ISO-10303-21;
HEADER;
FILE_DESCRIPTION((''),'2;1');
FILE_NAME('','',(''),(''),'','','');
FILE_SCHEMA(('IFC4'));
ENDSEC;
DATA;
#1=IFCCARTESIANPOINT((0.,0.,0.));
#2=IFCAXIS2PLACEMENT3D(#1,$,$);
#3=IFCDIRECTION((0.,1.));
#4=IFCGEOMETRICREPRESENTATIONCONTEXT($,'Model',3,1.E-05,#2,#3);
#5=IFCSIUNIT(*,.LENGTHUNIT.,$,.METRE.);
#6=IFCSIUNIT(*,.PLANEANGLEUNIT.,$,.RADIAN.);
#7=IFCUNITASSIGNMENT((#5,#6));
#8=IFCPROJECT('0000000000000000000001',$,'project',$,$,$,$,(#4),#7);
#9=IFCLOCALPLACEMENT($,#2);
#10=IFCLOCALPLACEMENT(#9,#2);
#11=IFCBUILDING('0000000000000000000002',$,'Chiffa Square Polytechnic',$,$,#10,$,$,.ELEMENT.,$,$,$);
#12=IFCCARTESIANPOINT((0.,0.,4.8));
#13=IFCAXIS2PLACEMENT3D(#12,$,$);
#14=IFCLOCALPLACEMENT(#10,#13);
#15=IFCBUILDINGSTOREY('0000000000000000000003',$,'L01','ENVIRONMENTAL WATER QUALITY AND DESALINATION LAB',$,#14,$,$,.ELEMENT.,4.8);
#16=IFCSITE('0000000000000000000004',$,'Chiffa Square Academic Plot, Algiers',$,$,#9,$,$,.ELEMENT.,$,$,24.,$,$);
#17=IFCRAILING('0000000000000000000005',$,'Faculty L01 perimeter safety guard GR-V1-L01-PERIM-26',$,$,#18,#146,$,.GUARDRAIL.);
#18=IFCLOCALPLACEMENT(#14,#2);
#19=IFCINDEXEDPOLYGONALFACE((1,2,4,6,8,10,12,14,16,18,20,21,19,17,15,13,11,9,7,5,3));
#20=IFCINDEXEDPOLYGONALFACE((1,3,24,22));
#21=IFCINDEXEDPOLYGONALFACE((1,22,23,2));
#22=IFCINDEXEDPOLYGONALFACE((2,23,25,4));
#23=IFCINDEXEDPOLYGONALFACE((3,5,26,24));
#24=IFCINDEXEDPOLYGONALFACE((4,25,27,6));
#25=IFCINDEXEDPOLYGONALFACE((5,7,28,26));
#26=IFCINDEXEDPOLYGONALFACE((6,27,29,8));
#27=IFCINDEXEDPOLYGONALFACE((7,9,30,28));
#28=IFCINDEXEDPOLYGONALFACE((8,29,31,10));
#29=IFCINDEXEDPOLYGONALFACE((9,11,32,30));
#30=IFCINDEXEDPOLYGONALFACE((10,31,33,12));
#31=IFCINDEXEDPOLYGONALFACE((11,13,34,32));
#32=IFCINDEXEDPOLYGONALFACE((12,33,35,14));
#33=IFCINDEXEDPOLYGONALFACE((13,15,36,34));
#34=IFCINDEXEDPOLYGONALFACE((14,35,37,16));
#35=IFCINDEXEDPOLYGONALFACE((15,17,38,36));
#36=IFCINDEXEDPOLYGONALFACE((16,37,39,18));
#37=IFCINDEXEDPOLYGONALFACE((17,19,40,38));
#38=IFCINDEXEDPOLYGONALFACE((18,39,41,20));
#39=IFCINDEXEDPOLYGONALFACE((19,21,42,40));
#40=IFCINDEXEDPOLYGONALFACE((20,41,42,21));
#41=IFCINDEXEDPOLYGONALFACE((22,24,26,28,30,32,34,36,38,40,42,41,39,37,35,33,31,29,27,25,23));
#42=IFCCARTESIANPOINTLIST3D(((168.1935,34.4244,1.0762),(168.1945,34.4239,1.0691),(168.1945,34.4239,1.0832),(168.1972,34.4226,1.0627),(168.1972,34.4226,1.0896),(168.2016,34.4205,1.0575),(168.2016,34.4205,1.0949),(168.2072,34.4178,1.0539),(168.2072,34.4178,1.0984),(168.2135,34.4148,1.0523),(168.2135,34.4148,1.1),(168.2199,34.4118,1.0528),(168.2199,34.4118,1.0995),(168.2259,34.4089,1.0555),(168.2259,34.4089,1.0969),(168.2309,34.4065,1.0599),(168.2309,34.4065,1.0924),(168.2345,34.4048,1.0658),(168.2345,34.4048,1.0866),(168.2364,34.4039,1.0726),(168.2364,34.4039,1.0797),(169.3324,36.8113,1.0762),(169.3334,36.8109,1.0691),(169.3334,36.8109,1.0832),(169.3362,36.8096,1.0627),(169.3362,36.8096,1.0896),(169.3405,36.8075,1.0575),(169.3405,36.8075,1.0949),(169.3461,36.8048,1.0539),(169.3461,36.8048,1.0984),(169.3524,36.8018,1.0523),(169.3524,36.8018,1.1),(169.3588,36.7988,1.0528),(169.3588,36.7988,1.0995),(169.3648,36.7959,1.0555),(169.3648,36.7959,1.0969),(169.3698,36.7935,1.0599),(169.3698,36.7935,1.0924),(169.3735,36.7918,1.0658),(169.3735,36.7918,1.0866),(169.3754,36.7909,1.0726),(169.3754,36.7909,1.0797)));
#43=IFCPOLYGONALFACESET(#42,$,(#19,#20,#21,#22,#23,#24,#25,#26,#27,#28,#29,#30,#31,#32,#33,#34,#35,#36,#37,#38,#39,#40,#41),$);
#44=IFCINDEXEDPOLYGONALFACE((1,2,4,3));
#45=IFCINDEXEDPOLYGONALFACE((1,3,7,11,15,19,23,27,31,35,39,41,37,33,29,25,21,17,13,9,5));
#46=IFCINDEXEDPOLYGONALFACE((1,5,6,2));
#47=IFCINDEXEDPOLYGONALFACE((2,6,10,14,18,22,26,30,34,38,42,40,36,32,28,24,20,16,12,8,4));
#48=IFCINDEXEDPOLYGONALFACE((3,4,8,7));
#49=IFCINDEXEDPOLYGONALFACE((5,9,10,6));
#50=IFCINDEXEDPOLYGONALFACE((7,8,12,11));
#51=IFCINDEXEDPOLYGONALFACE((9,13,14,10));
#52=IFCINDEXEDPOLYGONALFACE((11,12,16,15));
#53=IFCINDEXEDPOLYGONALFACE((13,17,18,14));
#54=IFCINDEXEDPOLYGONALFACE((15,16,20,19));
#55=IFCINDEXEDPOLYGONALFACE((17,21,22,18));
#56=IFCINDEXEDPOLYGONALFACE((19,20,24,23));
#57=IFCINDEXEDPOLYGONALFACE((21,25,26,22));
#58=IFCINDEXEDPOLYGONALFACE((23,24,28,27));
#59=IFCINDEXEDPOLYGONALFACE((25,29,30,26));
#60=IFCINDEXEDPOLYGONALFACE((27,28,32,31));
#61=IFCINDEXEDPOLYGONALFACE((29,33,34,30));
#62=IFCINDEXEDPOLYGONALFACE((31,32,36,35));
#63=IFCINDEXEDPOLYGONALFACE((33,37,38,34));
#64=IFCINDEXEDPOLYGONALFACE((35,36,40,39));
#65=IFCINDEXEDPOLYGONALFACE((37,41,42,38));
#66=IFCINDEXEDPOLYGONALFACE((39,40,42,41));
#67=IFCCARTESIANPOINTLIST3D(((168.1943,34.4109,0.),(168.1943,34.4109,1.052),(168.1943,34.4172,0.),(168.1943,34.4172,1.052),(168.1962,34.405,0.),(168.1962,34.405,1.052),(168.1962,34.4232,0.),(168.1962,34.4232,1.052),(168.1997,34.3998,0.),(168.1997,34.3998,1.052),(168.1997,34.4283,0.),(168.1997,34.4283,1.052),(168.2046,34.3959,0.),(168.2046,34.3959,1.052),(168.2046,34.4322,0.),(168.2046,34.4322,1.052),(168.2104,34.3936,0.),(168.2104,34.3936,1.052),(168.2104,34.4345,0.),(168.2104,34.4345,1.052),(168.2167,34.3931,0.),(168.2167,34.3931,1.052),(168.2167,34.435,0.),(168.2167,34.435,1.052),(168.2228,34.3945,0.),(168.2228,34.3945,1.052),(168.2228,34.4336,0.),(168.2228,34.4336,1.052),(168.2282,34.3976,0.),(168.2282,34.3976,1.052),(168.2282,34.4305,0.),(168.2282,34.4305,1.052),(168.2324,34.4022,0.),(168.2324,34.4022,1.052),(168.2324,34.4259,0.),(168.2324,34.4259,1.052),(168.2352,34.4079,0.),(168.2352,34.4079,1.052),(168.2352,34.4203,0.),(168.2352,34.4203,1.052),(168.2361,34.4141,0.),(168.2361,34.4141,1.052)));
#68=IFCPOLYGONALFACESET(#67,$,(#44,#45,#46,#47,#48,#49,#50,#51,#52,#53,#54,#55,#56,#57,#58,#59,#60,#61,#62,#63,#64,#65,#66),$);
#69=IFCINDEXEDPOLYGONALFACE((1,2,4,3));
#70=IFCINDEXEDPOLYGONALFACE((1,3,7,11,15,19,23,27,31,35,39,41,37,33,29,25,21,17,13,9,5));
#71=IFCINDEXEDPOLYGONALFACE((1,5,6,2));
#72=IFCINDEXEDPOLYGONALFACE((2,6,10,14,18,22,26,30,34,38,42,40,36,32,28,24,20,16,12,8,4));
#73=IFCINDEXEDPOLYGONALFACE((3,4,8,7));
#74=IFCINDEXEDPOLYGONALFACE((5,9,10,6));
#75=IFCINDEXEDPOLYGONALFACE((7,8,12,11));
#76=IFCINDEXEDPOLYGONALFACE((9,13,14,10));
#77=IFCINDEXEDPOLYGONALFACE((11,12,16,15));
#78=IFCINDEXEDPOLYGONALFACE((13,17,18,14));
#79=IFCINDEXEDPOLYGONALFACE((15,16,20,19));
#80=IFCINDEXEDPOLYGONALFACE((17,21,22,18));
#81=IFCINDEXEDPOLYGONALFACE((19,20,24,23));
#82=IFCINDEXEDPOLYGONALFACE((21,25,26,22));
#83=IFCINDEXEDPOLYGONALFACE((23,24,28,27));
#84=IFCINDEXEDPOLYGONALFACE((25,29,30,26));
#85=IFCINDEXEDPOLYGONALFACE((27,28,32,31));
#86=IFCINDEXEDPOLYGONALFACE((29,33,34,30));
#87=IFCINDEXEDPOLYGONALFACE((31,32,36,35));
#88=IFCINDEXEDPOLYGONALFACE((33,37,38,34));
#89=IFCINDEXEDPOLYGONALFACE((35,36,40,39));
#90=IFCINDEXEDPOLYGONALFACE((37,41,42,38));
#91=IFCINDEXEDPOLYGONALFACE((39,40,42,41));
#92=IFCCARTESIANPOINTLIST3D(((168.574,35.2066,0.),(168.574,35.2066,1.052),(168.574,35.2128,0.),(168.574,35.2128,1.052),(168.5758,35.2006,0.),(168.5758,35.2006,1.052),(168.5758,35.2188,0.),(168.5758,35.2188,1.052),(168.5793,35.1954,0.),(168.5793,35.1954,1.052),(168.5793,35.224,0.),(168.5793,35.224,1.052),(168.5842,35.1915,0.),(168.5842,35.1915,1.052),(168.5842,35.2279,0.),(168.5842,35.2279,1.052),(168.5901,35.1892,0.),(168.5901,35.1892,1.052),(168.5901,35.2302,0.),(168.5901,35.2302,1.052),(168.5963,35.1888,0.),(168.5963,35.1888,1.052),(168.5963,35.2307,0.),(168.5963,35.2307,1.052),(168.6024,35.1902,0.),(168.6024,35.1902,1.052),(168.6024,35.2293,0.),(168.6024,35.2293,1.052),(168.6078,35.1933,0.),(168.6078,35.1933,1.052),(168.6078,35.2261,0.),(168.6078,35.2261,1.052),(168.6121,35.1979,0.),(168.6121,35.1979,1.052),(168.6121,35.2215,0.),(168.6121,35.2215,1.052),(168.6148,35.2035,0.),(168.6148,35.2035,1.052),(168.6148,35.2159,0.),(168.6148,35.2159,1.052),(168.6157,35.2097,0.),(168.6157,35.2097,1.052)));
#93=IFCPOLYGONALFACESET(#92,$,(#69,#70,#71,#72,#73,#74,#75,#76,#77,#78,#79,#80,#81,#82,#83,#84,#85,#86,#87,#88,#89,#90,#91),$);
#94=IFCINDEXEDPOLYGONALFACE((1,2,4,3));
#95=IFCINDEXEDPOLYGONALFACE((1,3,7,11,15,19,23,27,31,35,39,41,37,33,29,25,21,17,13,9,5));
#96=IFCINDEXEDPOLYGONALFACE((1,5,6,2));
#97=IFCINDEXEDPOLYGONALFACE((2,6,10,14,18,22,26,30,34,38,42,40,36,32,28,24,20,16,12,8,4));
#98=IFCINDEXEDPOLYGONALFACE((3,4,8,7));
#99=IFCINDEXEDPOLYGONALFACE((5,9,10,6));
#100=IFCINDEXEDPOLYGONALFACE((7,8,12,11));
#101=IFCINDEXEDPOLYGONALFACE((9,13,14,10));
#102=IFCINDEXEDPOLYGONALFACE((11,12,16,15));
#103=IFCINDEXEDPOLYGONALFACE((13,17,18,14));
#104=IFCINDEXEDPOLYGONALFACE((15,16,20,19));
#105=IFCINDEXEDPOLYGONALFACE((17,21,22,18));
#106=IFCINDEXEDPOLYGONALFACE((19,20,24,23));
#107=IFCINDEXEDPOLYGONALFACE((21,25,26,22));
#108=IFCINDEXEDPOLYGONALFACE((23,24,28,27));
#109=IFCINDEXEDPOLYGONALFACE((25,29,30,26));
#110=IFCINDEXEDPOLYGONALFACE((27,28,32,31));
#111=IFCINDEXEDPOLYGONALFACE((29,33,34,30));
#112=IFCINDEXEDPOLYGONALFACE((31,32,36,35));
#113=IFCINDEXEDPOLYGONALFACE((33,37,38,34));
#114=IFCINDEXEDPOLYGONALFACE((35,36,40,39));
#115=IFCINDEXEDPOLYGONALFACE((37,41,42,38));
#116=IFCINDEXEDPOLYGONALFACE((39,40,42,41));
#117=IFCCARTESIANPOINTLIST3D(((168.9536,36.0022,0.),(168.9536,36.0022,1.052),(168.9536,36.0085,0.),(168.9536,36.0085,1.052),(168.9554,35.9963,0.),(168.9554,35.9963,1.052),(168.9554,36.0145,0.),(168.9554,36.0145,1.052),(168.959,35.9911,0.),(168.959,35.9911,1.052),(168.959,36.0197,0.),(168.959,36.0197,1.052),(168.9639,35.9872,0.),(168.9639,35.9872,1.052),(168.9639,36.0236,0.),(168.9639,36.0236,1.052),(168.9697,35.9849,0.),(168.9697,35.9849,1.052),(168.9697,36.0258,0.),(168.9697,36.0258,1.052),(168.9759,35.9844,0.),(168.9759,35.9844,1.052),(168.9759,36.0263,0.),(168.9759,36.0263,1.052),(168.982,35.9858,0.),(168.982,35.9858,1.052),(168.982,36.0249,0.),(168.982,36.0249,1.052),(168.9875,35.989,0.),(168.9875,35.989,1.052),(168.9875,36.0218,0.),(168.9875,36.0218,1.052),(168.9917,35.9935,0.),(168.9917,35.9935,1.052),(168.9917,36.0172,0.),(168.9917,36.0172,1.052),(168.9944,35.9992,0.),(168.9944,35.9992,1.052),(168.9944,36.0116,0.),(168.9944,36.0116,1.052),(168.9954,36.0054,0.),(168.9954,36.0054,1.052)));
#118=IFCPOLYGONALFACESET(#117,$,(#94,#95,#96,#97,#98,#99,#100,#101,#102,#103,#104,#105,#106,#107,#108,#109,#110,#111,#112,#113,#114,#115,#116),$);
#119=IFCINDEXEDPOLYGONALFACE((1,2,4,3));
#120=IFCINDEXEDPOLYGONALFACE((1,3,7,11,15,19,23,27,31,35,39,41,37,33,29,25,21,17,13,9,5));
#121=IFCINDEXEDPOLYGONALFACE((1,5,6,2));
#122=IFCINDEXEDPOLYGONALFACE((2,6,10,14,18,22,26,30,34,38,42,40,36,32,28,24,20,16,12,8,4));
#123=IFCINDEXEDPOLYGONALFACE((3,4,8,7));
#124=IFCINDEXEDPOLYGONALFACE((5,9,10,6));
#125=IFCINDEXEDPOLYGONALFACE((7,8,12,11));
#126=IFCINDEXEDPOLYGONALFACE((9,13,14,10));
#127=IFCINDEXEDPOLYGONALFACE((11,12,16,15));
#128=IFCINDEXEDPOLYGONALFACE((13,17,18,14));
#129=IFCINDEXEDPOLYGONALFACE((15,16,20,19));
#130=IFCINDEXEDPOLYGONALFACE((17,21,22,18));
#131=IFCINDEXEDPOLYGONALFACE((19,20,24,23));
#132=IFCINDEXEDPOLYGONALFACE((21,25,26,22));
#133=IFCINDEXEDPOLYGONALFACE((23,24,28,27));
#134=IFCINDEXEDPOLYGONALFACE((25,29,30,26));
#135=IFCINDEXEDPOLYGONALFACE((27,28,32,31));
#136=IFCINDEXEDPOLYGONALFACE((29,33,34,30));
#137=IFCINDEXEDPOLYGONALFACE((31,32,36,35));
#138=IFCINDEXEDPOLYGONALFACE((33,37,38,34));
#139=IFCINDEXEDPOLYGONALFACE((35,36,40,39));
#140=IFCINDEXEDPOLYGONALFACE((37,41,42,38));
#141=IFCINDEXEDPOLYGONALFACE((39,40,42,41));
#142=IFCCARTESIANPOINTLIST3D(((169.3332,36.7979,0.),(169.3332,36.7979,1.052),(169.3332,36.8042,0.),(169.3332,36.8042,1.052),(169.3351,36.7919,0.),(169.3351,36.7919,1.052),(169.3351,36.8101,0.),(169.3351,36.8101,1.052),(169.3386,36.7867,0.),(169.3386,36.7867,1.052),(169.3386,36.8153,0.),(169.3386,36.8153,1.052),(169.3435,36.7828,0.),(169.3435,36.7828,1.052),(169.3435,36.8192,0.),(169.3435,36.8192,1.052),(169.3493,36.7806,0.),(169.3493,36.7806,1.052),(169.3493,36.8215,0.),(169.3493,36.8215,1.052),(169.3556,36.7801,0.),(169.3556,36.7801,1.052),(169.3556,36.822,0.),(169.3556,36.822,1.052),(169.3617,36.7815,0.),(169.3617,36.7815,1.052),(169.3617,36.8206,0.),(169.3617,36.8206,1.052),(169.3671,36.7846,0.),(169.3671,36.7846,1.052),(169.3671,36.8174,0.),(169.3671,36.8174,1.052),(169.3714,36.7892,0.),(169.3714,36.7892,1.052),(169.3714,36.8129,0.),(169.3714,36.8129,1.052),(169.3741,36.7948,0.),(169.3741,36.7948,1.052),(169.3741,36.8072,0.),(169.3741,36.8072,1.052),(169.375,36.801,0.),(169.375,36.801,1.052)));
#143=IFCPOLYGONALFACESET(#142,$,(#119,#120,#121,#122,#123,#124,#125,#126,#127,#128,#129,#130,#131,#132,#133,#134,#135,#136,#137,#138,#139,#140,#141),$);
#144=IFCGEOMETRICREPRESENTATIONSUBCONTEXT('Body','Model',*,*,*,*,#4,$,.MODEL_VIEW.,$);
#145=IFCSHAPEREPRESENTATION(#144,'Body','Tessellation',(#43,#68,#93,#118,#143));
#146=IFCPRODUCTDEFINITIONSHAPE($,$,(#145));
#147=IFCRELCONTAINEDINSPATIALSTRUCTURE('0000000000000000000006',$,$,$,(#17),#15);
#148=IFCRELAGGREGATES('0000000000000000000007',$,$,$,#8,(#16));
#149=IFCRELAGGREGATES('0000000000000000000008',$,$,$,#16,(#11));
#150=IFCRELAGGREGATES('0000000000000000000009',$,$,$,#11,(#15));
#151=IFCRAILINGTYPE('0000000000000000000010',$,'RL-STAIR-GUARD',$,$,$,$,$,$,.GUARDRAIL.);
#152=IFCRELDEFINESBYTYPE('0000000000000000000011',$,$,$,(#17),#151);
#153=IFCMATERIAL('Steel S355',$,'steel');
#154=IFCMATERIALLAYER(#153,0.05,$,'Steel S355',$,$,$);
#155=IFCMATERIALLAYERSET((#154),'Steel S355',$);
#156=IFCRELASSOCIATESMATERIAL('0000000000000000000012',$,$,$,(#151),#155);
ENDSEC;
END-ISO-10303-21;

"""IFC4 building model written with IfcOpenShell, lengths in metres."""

from ifc_helpers import new_model, si_unit, direction, frame, origin, origin_2d, place, context, subcontext, project, spatial, circle, extrude, material, layer, layer_set, type_object, element, save


model = new_model("IFC4")

# Units and contexts
model_context = context("Model", 3, precision=1e-05, world=origin(), true_north=direction((0.0, 1.0)))
body_context = subcontext(model_context, "Body", "Model", "MODEL_VIEW")
ifc_project = project(units=[si_unit("LENGTHUNIT", "METRE"), si_unit("PLANEANGLEUNIT", "RADIAN")], contexts=[model_context])

# Site, building, storey
site_placement = place(None, origin())
site = spatial("IfcSite", under=ifc_project, at=site_placement, Name="Chiffa Square Academic Plot, Algiers", CompositionType="ELEMENT", RefElevation=24.0)
building_placement = place(site_placement, origin())
building = spatial("IfcBuilding", under=site, at=building_placement, Name="Chiffa Square Polytechnic", CompositionType="ELEMENT")
storey_placement = place(building_placement, frame((0.0, 0.0, 4.8)))
storey = spatial("IfcBuildingStorey", under=building, at=storey_placement, Name="L01", Description="ENVIRONMENTAL WATER QUALITY AND DESALINATION LAB", CompositionType="ELEMENT", Elevation=4.8)

# Railing
ifc_material_1 = material(Name="Steel S355", Category="steel")
ifc_layer_1 = layer(ifc_material_1, 0.05, Name="Steel S355")
ifc_layer_set_1 = layer_set([ifc_layer_1], Name="Steel S355")
railing_type = type_object("IfcRailingType", Name="RL-STAIR-GUARD", PredefinedType="GUARDRAIL", material=ifc_layer_set_1)
railing_1_placement = place(storey_placement, frame((168.2151, 34.4141, 0.0)))
element("IfcRailing", 1, at=railing_1_placement, inside=storey, type_object=railing_type, Name="Faculty L01 perimeter safety guard GR-V1-L01-PERIM-26", PredefinedType="GUARDRAIL", context=body_context, shape_type="SweptSolid", body=[
    extrude(circle(Radius=0.0239, at=origin_2d()), frame((0.0, 0.0, 1.0762), z_axis=(0.430632, 0.902528, 0.0), x_axis=(-0.902528, 0.430632, 0.0)), (0.0, 0.0, 1.0), 2.6448),
    extrude(circle(Radius=0.021, at=origin_2d()), origin(), (0.0, 0.0, 1.0), 1.052),
    extrude(circle(Radius=0.021, at=origin_2d()), frame((0.3796, 0.7957, 0.0)), (0.0, 0.0, 1.0), 1.052),
    extrude(circle(Radius=0.021, at=origin_2d()), frame((0.7593, 1.5913, 0.0)), (0.0, 0.0, 1.0), 1.052),
    extrude(circle(Radius=0.021, at=origin_2d()), frame((1.1389, 2.387, 0.0)), (0.0, 0.0, 1.0), 1.052),
])

save(model, "model.ifc")
